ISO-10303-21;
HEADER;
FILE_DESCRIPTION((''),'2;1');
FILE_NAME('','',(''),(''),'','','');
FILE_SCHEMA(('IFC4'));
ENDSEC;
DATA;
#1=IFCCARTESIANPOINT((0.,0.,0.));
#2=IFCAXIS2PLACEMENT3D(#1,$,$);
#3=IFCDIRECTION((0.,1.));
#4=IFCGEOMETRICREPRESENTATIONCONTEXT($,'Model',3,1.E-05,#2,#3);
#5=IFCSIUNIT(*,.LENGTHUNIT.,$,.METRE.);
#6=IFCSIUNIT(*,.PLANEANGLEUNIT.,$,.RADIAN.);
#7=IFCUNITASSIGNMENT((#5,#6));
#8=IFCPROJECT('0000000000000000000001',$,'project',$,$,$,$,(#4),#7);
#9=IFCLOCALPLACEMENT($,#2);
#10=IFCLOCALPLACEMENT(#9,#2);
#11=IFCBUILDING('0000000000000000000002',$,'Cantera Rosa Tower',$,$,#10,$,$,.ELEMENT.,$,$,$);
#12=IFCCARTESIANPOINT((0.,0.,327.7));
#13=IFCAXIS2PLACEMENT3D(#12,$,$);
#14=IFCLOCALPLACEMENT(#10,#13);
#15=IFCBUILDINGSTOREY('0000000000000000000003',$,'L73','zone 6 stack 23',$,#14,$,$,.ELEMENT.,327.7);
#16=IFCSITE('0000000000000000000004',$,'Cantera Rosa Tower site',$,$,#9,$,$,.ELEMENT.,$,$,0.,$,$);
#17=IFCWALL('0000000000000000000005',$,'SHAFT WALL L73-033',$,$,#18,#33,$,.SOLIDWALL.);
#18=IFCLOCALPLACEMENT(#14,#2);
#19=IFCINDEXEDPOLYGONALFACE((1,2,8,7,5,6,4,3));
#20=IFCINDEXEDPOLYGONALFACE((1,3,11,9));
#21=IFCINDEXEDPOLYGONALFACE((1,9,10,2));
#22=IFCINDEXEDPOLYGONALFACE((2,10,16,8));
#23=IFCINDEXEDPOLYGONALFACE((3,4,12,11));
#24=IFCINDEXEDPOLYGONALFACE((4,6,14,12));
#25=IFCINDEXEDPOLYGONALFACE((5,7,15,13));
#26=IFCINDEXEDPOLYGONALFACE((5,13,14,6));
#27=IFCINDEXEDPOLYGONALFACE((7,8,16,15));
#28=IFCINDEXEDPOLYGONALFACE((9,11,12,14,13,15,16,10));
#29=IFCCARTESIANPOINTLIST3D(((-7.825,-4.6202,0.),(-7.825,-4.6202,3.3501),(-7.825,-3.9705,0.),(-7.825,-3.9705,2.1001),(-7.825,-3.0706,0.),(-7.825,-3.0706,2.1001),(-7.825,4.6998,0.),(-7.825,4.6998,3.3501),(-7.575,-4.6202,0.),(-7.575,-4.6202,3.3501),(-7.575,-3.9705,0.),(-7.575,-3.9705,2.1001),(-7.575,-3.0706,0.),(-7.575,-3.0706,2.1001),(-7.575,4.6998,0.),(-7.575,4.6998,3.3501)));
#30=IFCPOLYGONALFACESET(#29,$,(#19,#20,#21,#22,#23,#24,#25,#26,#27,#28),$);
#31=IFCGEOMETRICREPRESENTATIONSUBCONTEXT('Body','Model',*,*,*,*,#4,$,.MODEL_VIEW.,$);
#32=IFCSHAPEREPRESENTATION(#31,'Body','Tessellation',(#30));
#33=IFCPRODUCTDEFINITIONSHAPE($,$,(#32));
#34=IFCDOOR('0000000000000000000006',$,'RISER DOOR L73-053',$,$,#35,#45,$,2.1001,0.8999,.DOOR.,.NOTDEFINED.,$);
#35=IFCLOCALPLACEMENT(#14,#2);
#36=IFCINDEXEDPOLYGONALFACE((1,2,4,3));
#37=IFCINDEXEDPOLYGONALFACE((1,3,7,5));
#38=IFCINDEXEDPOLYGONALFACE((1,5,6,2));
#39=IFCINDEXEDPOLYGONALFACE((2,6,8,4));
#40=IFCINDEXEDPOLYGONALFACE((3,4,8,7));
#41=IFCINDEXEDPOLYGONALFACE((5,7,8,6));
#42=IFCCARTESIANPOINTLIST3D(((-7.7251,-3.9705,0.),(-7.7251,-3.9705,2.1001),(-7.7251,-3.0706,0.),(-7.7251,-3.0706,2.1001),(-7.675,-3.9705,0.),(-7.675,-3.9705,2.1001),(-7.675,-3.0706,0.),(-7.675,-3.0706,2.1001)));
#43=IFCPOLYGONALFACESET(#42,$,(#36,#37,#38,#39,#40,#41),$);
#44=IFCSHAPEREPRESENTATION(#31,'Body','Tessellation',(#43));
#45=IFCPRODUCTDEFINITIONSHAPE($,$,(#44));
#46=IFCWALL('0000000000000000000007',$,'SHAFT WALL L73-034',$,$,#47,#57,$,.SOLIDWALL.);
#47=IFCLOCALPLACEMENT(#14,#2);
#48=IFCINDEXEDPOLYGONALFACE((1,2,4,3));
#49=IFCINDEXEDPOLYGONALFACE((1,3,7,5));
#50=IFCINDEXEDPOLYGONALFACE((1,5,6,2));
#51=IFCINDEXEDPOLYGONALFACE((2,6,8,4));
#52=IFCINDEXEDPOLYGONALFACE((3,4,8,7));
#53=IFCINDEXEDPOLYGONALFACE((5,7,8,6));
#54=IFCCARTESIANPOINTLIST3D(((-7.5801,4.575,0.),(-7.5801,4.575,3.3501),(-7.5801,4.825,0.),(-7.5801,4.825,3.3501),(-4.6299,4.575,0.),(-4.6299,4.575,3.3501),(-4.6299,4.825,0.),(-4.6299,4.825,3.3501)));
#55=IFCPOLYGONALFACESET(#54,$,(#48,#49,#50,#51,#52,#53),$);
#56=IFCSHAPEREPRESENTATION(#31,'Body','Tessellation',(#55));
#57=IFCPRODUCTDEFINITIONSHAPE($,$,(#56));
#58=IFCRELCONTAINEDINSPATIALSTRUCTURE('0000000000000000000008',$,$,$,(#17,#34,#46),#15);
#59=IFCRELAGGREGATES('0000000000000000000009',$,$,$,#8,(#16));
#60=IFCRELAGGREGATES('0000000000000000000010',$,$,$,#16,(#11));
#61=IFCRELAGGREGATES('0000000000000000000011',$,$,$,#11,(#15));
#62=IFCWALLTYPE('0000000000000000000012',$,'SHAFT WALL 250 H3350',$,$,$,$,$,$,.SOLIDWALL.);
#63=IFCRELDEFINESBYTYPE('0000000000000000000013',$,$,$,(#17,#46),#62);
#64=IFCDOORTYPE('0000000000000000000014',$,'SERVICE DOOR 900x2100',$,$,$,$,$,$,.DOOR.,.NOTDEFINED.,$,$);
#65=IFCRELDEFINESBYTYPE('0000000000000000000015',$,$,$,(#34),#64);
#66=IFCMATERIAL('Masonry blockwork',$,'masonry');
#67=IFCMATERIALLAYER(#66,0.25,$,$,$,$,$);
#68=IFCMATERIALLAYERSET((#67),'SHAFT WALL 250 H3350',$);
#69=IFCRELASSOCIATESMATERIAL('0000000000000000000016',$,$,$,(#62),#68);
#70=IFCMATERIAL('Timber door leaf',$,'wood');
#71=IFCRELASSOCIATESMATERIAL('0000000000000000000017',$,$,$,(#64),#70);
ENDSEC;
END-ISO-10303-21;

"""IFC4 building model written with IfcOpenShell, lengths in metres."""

from ifc_helpers import new_model, si_unit, direction, frame, frame_2d, origin, place, context, subcontext, project, spatial, rectangle, extrude, material, layer, layer_set, type_object, element, fill, save


model = new_model("IFC4")

# Units and contexts
model_context = context("Model", 3, precision=1e-05, world=origin(), true_north=direction((0.0, 1.0)))
body_context = subcontext(model_context, "Body", "Model", "MODEL_VIEW")
ifc_project = project(units=[si_unit("LENGTHUNIT", "METRE"), si_unit("PLANEANGLEUNIT", "RADIAN")], contexts=[model_context])

# Site, building, storey
site_placement = place(None, origin())
site = spatial("IfcSite", under=ifc_project, at=site_placement, Name="Cantera Rosa Tower site", CompositionType="ELEMENT", RefElevation=0.0)
building_placement = place(site_placement, origin())
building = spatial("IfcBuilding", under=site, at=building_placement, Name="Cantera Rosa Tower", CompositionType="ELEMENT")
storey_placement = place(building_placement, frame((0.0, 0.0, 327.7)))
storey = spatial("IfcBuildingStorey", under=building, at=storey_placement, Name="L73", Description="zone 6 stack 23", CompositionType="ELEMENT", Elevation=327.7)

# Shared definitions
ifc_material_1 = material(Name="Masonry blockwork", Category="masonry")
ifc_layer_1 = layer(ifc_material_1, 0.25)
ifc_layer_set_1 = layer_set([ifc_layer_1], Name="SHAFT WALL 250 H3350")
wall_type_1 = type_object("IfcWallType", Name="SHAFT WALL 250 H3350", PredefinedType="SOLIDWALL", material=ifc_layer_set_1)

# Wall, opening, door
wall_1_placement = place(storey_placement, frame((-7.7, 4.7, 0.0), z_axis=(0.0, 0.0, 1.0), x_axis=(0.0, -1.0, 0.0)))
wall_1 = element("IfcWall", 1, at=wall_1_placement, inside=storey, type_object=wall_type_1, Name="SHAFT WALL L73-033", PredefinedType="SOLIDWALL", context=body_context, shape_type="SweptSolid", body=[
    extrude(rectangle(XDim=9.3201, YDim=0.25, at=frame_2d((4.6602, 0.0))), origin(), (0.0, 0.0, 1.0), 3.3501),
])
opening_1_placement = place(wall_1_placement, frame((7.7705, 0.0, 0.0)))
opening_1 = element("IfcOpeningElement", 2, at=opening_1_placement, cuts=wall_1, PredefinedType="OPENING", context=body_context, shape_type="SweptSolid", body=[
    extrude(rectangle(XDim=0.8999, YDim=2.1001, at=frame_2d((0.45, 1.05))), frame((0.0, 0.135, 0.0), z_axis=(0.0, -1.0, 0.0), x_axis=(1.0, 0.0, 0.0)), (0.0, 0.0, 1.0), 0.27),
])
ifc_material_2 = material(Name="Timber door leaf", Category="wood")
door_type_1 = type_object("IfcDoorType", Name="SERVICE DOOR 900x2100", OperationType="NOTDEFINED", PredefinedType="DOOR", material=ifc_material_2)
door_1_placement = place(opening_1_placement, origin())
door_1 = element("IfcDoor", 3, at=door_1_placement, inside=storey, type_object=door_type_1, Name="RISER DOOR L73-053", OperationType="NOTDEFINED", OverallHeight=2.1001, OverallWidth=0.8999, PredefinedType="DOOR", context=body_context, shape_type="SweptSolid", body=[
    extrude(rectangle(XDim=0.8999, YDim=2.1001, at=frame_2d((0.45, 1.05))), frame((0.0, 0.0249, 0.0), z_axis=(0.0, -1.0, 0.0), x_axis=(1.0, 0.0, 0.0)), (0.0, 0.0, 1.0), 0.05),
])
fill(opening_1, door_1)

# Wall
wall_2_placement = place(storey_placement, frame((-7.5801, 4.7, 0.0), z_axis=(0.0, 0.0, 1.0), x_axis=(1.0, 0.0, 0.0)))
element("IfcWall", 4, at=wall_2_placement, inside=storey, type_object=wall_type_1, Name="SHAFT WALL L73-034", PredefinedType="SOLIDWALL", context=body_context, shape_type="SweptSolid", body=[
    extrude(rectangle(XDim=2.9502, YDim=0.25, at=frame_2d((1.4751, 0.0))), origin(), (0.0, 0.0, 1.0), 3.3501),
])

save(model, "model.ifc")
